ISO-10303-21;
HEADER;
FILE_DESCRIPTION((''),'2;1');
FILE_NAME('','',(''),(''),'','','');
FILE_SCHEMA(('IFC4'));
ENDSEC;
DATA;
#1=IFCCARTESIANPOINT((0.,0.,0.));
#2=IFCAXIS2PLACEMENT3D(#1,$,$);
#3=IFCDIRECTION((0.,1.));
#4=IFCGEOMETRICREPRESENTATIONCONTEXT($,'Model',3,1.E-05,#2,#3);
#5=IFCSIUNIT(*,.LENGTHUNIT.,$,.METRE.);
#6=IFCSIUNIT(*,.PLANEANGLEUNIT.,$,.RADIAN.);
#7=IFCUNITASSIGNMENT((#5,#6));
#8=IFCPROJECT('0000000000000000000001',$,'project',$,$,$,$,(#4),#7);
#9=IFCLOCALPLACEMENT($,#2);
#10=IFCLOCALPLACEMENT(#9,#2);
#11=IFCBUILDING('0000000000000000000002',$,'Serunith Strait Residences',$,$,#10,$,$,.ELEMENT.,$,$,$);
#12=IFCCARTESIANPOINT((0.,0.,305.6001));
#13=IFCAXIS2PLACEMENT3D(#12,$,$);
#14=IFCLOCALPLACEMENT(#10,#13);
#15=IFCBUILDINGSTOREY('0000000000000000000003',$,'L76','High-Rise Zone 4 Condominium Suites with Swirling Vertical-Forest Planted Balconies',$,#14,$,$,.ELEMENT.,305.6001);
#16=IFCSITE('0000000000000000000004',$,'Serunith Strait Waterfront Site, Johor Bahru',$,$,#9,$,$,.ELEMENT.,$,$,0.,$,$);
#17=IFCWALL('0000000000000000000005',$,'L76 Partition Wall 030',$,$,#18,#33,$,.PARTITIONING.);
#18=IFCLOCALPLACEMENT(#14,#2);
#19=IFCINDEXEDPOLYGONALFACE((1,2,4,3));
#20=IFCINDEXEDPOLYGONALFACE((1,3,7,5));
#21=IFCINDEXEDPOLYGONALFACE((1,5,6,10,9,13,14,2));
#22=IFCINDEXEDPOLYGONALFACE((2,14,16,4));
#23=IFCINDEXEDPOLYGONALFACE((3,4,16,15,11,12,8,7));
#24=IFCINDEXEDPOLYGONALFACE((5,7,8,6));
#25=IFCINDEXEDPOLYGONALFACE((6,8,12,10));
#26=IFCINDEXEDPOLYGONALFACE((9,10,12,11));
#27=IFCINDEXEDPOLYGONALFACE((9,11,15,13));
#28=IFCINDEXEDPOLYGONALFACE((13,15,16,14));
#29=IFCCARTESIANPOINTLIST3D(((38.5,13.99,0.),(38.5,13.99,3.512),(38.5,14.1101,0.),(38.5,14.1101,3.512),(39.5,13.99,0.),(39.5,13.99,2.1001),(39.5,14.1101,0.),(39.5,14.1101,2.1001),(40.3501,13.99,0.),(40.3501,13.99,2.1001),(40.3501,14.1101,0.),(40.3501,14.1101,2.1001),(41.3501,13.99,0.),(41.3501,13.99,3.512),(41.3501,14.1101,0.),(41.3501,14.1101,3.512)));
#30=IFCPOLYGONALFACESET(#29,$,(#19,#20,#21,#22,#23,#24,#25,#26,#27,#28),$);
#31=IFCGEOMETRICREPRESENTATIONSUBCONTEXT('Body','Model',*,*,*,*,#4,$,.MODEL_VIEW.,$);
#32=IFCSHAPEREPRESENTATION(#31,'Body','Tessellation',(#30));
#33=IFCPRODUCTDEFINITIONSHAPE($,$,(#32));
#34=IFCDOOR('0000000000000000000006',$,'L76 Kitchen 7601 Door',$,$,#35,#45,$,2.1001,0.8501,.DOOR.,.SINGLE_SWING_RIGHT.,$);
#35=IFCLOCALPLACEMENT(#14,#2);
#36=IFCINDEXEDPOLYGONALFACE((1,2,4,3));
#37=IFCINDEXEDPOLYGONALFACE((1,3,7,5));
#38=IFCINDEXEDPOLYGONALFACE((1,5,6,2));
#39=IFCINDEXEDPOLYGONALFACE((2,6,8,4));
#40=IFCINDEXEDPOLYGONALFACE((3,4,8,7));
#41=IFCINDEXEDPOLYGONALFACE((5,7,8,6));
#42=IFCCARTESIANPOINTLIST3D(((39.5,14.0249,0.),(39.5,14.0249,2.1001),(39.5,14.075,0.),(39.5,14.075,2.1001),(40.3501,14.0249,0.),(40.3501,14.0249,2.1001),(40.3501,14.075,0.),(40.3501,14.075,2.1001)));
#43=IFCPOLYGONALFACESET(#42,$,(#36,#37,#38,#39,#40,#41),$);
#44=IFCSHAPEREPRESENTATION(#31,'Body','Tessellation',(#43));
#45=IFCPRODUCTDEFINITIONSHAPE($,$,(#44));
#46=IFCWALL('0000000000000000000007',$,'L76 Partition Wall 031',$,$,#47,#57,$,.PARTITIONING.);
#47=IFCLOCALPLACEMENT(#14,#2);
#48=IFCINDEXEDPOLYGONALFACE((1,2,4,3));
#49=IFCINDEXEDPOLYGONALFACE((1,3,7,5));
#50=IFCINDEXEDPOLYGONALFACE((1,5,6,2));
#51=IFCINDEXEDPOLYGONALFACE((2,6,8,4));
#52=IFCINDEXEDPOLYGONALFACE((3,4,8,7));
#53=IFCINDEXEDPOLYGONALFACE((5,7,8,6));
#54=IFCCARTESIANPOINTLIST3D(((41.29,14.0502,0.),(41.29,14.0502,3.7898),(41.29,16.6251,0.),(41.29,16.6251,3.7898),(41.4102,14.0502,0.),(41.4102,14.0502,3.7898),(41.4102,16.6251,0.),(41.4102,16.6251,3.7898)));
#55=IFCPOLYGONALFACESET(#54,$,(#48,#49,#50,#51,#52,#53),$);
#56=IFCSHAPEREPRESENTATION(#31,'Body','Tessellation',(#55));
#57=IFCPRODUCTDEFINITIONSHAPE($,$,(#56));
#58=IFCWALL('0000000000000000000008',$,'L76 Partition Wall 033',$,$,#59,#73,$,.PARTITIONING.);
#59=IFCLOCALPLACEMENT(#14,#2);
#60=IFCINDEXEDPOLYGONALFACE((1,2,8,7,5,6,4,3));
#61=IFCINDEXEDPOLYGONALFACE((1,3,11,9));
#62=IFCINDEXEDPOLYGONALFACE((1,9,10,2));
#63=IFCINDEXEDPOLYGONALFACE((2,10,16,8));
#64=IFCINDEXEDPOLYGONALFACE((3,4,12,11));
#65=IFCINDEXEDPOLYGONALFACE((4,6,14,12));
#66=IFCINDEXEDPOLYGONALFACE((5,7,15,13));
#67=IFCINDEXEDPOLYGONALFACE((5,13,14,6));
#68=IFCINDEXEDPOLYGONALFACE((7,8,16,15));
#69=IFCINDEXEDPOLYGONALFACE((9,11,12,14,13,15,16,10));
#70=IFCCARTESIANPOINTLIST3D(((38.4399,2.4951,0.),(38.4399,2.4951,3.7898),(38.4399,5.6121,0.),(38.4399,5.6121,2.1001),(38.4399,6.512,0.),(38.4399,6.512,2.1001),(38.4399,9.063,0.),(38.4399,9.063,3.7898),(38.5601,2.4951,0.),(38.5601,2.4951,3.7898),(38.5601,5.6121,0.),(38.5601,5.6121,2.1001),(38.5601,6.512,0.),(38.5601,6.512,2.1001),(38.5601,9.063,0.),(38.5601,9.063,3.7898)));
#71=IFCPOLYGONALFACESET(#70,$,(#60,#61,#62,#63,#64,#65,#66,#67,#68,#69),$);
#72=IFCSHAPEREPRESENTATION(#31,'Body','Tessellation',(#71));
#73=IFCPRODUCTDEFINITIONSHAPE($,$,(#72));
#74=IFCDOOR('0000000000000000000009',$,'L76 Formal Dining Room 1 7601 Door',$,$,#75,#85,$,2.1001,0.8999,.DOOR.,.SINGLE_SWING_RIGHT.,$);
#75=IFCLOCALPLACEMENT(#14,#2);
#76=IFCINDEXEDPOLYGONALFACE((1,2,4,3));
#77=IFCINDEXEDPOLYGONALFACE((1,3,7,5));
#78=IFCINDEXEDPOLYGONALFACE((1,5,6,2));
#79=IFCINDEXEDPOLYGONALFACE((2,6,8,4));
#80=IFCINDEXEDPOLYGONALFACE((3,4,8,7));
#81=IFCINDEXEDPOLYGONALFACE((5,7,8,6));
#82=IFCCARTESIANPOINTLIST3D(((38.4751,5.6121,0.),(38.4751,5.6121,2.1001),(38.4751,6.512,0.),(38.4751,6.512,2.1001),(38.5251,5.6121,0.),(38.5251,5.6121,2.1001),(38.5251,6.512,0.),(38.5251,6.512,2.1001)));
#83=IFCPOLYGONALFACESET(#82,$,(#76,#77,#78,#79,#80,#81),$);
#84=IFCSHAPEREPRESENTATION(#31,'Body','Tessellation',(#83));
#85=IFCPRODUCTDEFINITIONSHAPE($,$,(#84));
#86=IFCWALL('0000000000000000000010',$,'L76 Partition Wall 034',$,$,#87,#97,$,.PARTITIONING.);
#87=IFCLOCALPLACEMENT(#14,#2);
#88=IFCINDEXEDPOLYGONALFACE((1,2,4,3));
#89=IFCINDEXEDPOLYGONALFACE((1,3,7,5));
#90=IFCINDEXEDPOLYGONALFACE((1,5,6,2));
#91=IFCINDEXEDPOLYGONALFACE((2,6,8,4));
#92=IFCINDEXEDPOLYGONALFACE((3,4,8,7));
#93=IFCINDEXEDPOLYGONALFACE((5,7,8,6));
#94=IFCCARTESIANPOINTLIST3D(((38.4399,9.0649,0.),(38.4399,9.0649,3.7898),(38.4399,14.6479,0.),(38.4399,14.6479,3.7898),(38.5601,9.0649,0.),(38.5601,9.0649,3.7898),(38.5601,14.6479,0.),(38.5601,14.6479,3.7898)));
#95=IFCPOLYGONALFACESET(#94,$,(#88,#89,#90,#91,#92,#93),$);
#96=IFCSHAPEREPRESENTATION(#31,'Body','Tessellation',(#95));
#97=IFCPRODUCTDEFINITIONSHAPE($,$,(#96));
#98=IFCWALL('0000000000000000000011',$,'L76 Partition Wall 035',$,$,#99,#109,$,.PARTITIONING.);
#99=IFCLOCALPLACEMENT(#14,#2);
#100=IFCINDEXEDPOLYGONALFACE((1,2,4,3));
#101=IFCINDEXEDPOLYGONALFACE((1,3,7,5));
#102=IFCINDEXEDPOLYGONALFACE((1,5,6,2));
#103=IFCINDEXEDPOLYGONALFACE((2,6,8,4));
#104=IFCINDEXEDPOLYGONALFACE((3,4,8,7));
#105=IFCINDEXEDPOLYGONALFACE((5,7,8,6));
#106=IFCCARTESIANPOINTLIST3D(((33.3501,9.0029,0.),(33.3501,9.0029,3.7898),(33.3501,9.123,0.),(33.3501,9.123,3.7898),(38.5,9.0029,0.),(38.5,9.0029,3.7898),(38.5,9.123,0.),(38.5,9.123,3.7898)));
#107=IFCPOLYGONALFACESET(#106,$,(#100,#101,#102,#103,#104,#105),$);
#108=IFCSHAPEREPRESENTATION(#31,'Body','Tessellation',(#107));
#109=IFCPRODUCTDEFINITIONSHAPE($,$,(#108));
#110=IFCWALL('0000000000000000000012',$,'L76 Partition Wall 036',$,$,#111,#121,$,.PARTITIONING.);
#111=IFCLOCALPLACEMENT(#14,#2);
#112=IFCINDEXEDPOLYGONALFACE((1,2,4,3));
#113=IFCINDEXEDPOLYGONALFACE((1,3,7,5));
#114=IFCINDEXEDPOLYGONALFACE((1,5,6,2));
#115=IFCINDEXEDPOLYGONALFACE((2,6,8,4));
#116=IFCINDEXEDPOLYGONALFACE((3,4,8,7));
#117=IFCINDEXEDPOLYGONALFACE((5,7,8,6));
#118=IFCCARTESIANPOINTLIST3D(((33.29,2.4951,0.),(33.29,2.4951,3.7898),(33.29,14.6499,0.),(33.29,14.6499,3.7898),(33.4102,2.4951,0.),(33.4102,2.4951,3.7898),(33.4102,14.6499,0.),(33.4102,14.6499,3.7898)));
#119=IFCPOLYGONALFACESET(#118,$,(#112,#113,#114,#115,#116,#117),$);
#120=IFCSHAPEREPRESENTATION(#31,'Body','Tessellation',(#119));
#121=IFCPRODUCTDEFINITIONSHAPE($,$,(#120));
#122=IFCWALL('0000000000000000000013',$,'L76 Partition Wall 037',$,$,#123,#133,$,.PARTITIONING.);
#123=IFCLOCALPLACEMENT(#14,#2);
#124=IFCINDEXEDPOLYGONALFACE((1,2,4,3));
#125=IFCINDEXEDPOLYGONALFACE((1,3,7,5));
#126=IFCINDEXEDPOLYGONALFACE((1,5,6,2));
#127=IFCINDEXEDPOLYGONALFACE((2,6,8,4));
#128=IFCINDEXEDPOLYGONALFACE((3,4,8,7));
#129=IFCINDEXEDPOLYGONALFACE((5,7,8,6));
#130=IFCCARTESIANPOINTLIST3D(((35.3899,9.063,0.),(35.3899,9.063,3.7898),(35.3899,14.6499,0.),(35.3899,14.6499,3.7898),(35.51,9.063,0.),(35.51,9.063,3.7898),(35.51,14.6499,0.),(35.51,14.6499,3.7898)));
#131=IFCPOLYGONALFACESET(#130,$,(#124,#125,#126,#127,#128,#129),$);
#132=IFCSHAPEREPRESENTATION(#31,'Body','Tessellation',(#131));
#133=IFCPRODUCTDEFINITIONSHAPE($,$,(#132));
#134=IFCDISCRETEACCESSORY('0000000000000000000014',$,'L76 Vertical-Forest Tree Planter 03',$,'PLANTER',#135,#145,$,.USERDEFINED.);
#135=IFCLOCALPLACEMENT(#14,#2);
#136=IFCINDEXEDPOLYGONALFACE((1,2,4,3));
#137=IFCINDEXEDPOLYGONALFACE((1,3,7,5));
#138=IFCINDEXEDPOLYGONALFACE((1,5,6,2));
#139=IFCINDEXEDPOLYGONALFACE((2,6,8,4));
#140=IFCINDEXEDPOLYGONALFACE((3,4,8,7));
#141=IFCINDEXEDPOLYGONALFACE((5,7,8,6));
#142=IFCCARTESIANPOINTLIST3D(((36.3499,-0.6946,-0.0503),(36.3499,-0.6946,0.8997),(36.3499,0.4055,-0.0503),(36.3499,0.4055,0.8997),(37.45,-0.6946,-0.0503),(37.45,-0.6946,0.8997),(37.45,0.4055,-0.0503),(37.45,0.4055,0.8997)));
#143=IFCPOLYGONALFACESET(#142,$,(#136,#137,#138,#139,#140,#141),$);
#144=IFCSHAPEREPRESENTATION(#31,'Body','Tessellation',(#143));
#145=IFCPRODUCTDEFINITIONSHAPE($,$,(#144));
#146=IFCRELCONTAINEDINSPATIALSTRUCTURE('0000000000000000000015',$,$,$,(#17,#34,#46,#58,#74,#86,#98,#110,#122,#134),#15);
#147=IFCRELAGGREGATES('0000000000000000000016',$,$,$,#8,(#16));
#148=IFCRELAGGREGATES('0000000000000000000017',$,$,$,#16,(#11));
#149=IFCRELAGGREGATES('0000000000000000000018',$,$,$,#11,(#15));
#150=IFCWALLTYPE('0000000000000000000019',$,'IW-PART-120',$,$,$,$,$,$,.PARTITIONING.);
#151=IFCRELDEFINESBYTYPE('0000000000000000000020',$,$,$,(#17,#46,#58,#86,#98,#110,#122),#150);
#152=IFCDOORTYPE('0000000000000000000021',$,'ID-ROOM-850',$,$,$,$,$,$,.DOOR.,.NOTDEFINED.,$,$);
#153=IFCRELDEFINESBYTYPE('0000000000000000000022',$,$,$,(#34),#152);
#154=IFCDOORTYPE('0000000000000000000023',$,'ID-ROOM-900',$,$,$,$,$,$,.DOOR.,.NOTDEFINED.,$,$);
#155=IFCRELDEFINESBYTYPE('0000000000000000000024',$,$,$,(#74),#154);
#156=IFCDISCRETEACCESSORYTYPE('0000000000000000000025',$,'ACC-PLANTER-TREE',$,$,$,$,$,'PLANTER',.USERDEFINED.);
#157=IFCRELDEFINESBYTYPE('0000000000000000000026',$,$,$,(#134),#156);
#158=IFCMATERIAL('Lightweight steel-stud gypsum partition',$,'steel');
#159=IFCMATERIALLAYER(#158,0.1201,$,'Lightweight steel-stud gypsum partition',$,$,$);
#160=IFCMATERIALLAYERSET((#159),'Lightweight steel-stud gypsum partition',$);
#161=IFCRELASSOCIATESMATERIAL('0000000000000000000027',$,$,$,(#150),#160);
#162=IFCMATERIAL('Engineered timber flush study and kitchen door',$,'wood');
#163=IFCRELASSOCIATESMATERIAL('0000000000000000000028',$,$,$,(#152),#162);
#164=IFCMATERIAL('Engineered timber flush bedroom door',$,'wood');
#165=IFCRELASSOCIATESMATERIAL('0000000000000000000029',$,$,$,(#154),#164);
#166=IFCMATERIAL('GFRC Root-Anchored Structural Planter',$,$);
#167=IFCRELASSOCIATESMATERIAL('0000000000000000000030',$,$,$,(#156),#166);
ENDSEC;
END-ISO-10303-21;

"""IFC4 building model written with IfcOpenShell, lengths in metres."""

from ifc_helpers import new_model, si_unit, direction, frame, frame_2d, origin, origin_2d, place, context, subcontext, project, spatial, rectangle, extrude, source, transform, mapped, material, layer, layer_set, type_object, element, fill, save


model = new_model("IFC4")

# Units and contexts
model_context = context("Model", 3, precision=1e-05, world=origin(), true_north=direction((0.0, 1.0)))
body_context = subcontext(model_context, "Body", "Model", "MODEL_VIEW")
ifc_project = project(units=[si_unit("LENGTHUNIT", "METRE"), si_unit("PLANEANGLEUNIT", "RADIAN")], contexts=[model_context])

# Site, building, storey
site_placement = place(None, origin())
site = spatial("IfcSite", under=ifc_project, at=site_placement, Name="Serunith Strait Waterfront Site, Johor Bahru", CompositionType="ELEMENT", RefElevation=0.0)
building_placement = place(site_placement, origin())
building = spatial("IfcBuilding", under=site, at=building_placement, Name="Serunith Strait Residences", CompositionType="ELEMENT")
storey_placement = place(building_placement, frame((0.0, 0.0, 305.6001)))
storey = spatial("IfcBuildingStorey", under=building, at=storey_placement, Name="L76", Description="High-Rise Zone 4 Condominium Suites with Swirling Vertical-Forest Planted Balconies", CompositionType="ELEMENT", Elevation=305.6001)

# Wall, opening, door
ifc_material_1 = material(Name="Lightweight steel-stud gypsum partition", Category="steel")
ifc_layer_1 = layer(ifc_material_1, 0.1201, Name="Lightweight steel-stud gypsum partition")
ifc_layer_set_1 = layer_set([ifc_layer_1], Name="Lightweight steel-stud gypsum partition")
wall_type = type_object("IfcWallType", Name="IW-PART-120", PredefinedType="PARTITIONING", material=ifc_layer_set_1)
wall_1_placement = place(storey_placement, frame((38.5, 14.05, 0.0), z_axis=(0.0, 0.0, 1.0), x_axis=(1.0, 0.0, 0.0)))
wall_1 = element("IfcWall", 1, at=wall_1_placement, inside=storey, type_object=wall_type, Name="L76 Partition Wall 030", PredefinedType="PARTITIONING", context=body_context, shape_type="SweptSolid", body=[
    extrude(rectangle(XDim=2.8501, YDim=0.1201, at=frame_2d((1.425, 0.0))), origin(), (0.0, 0.0, 1.0), 3.512),
])
opening_1_placement = place(wall_1_placement, frame((1.0, 0.0, 0.0)))
opening_1 = element("IfcOpeningElement", 2, at=opening_1_placement, cuts=wall_1, PredefinedType="OPENING", context=body_context, shape_type="SweptSolid", body=[
    extrude(rectangle(XDim=0.8501, YDim=2.1001, at=frame_2d((0.425, 1.05))), frame((0.0, 0.0701, 0.0), z_axis=(0.0, -1.0, 0.0), x_axis=(1.0, 0.0, 0.0)), (0.0, 0.0, 1.0), 0.1401),
])
ifc_material_2 = material(Name="Engineered timber flush study and kitchen door", Category="wood")
door_type_1 = type_object("IfcDoorType", Name="ID-ROOM-850", OperationType="NOTDEFINED", PredefinedType="DOOR", material=ifc_material_2)
shared_shape_1 = source(origin(), body_context, "Body", "SweptSolid", [
    extrude(rectangle(XDim=0.8501, YDim=2.1001, at=frame_2d((0.425, 1.05))), frame((0.0, 0.0249, 0.0), z_axis=(0.0, -1.0, 0.0), x_axis=(1.0, 0.0, 0.0)), (0.0, 0.0, 1.0), 0.05),
])
door_1_placement = place(opening_1_placement, origin())
door_1 = element("IfcDoor", 3, at=door_1_placement, inside=storey, type_object=door_type_1, Name="L76 Kitchen 7601 Door", OperationType="SINGLE_SWING_RIGHT", OverallHeight=2.1001, OverallWidth=0.8501, PredefinedType="DOOR", context=body_context, shape_type="MappedRepresentation", body=[
    mapped(shared_shape_1, transform((0.0, 0.0, 0.0), scale=1.0)),
])
fill(opening_1, door_1)

# Wall
wall_2_placement = place(storey_placement, frame((41.3501, 14.05, 0.0), z_axis=(0.0, 0.0, 1.0), x_axis=(0.0, 1.0, 0.0)))
element("IfcWall", 4, at=wall_2_placement, inside=storey, type_object=wall_type, Name="L76 Partition Wall 031", PredefinedType="PARTITIONING", context=body_context, shape_type="SweptSolid", body=[
    extrude(rectangle(XDim=2.575, YDim=0.1201, at=frame_2d((1.2876, 0.0))), origin(), (0.0, 0.0, 1.0), 3.7898),
])

# Wall, opening, door
wall_3_placement = place(storey_placement, frame((38.5, 2.4951, 0.0), z_axis=(0.0, 0.0, 1.0), x_axis=(0.0, 1.0, 0.0)))
wall_3 = element("IfcWall", 5, at=wall_3_placement, inside=storey, type_object=wall_type, Name="L76 Partition Wall 033", PredefinedType="PARTITIONING", context=body_context, shape_type="SweptSolid", body=[
    extrude(rectangle(XDim=6.5679, YDim=0.1201, at=frame_2d((3.2839, 0.0))), origin(), (0.0, 0.0, 1.0), 3.7898),
])
opening_2_placement = place(wall_3_placement, frame((3.1169, 0.0, 0.0)))
opening_2 = element("IfcOpeningElement", 6, at=opening_2_placement, cuts=wall_3, PredefinedType="OPENING", context=body_context, shape_type="SweptSolid", body=[
    extrude(rectangle(XDim=0.8999, YDim=2.1001, at=frame_2d((0.45, 1.05))), frame((0.0, 0.0701, 0.0), z_axis=(0.0, -1.0, 0.0), x_axis=(1.0, 0.0, 0.0)), (0.0, 0.0, 1.0), 0.1401),
])
ifc_material_3 = material(Name="Engineered timber flush bedroom door", Category="wood")
door_type_2 = type_object("IfcDoorType", Name="ID-ROOM-900", OperationType="NOTDEFINED", PredefinedType="DOOR", material=ifc_material_3)
shared_shape_2 = source(origin(), body_context, "Body", "SweptSolid", [
    extrude(rectangle(XDim=0.8999, YDim=2.1001, at=frame_2d((0.45, 1.05))), frame((0.0, 0.0249, 0.0), z_axis=(0.0, -1.0, 0.0), x_axis=(1.0, 0.0, 0.0)), (0.0, 0.0, 1.0), 0.05),
])
door_2_placement = place(opening_2_placement, origin())
door_2 = element("IfcDoor", 7, at=door_2_placement, inside=storey, type_object=door_type_2, Name="L76 Formal Dining Room 1 7601 Door", OperationType="SINGLE_SWING_RIGHT", OverallHeight=2.1001, OverallWidth=0.8999, PredefinedType="DOOR", context=body_context, shape_type="MappedRepresentation", body=[
    mapped(shared_shape_2, transform((0.0, 0.0, 0.0), scale=1.0)),
])
fill(opening_2, door_2)

# Walls
wall_4_placement = place(storey_placement, frame((38.5, 9.0649, 0.0), z_axis=(0.0, 0.0, 1.0), x_axis=(0.0, 1.0, 0.0)))
element("IfcWall", 8, at=wall_4_placement, inside=storey, type_object=wall_type, Name="L76 Partition Wall 034", PredefinedType="PARTITIONING", context=body_context, shape_type="SweptSolid", body=[
    extrude(rectangle(XDim=5.583, YDim=0.1201, at=frame_2d((2.7915, 0.0))), origin(), (0.0, 0.0, 1.0), 3.7898),
])
wall_5_placement = place(storey_placement, frame((33.3501, 9.063, 0.0), z_axis=(0.0, 0.0, 1.0), x_axis=(1.0, 0.0, 0.0)))
element("IfcWall", 9, at=wall_5_placement, inside=storey, type_object=wall_type, Name="L76 Partition Wall 035", PredefinedType="PARTITIONING", context=body_context, shape_type="SweptSolid", body=[
    extrude(rectangle(XDim=5.1499, YDim=0.1201, at=frame_2d((2.575, 0.0))), origin(), (0.0, 0.0, 1.0), 3.7898),
])
wall_6_placement = place(storey_placement, frame((33.3501, 2.4951, 0.0), z_axis=(0.0, 0.0, 1.0), x_axis=(0.0, 1.0, 0.0)))
element("IfcWall", 10, at=wall_6_placement, inside=storey, type_object=wall_type, Name="L76 Partition Wall 036", PredefinedType="PARTITIONING", context=body_context, shape_type="SweptSolid", body=[
    extrude(rectangle(XDim=12.1548, YDim=0.1201, at=frame_2d((6.0774, 0.0))), origin(), (0.0, 0.0, 1.0), 3.7898),
])
wall_7_placement = place(storey_placement, frame((35.45, 9.063, 0.0), z_axis=(0.0, 0.0, 1.0), x_axis=(0.0, 1.0, 0.0)))
element("IfcWall", 11, at=wall_7_placement, inside=storey, type_object=wall_type, Name="L76 Partition Wall 037", PredefinedType="PARTITIONING", context=body_context, shape_type="SweptSolid", body=[
    extrude(rectangle(XDim=5.5869, YDim=0.1201, at=frame_2d((2.7935, 0.0))), origin(), (0.0, 0.0, 1.0), 3.7898),
])

# Discrete accessory
ifc_material_4 = material(Name="GFRC Root-Anchored Structural Planter")
discrete_accessory_type = type_object("IfcDiscreteAccessoryType", Name="ACC-PLANTER-TREE", ElementType="PLANTER", PredefinedType="USERDEFINED", material=ifc_material_4)
shared_shape_3 = source(origin(), body_context, "Body", "SweptSolid", [
    extrude(rectangle(XDim=1.1001, YDim=1.1001, at=origin_2d()), origin(), (0.0, 0.0, 1.0), 0.95),
])
discrete_accessory_placement = place(storey_placement, frame((36.8999, -0.1445, -0.0503), z_axis=(0.0, 0.0, 1.0), x_axis=(1.0, 0.0, 0.0)))
element("IfcDiscreteAccessory", 12, at=discrete_accessory_placement, inside=storey, type_object=discrete_accessory_type, Name="L76 Vertical-Forest Tree Planter 03", ObjectType="PLANTER", PredefinedType="USERDEFINED", context=body_context, shape_type="MappedRepresentation", body=[
    mapped(shared_shape_3, transform((0.0, 0.0, 0.0), scale=1.0)),
])

save(model, "model.ifc")
